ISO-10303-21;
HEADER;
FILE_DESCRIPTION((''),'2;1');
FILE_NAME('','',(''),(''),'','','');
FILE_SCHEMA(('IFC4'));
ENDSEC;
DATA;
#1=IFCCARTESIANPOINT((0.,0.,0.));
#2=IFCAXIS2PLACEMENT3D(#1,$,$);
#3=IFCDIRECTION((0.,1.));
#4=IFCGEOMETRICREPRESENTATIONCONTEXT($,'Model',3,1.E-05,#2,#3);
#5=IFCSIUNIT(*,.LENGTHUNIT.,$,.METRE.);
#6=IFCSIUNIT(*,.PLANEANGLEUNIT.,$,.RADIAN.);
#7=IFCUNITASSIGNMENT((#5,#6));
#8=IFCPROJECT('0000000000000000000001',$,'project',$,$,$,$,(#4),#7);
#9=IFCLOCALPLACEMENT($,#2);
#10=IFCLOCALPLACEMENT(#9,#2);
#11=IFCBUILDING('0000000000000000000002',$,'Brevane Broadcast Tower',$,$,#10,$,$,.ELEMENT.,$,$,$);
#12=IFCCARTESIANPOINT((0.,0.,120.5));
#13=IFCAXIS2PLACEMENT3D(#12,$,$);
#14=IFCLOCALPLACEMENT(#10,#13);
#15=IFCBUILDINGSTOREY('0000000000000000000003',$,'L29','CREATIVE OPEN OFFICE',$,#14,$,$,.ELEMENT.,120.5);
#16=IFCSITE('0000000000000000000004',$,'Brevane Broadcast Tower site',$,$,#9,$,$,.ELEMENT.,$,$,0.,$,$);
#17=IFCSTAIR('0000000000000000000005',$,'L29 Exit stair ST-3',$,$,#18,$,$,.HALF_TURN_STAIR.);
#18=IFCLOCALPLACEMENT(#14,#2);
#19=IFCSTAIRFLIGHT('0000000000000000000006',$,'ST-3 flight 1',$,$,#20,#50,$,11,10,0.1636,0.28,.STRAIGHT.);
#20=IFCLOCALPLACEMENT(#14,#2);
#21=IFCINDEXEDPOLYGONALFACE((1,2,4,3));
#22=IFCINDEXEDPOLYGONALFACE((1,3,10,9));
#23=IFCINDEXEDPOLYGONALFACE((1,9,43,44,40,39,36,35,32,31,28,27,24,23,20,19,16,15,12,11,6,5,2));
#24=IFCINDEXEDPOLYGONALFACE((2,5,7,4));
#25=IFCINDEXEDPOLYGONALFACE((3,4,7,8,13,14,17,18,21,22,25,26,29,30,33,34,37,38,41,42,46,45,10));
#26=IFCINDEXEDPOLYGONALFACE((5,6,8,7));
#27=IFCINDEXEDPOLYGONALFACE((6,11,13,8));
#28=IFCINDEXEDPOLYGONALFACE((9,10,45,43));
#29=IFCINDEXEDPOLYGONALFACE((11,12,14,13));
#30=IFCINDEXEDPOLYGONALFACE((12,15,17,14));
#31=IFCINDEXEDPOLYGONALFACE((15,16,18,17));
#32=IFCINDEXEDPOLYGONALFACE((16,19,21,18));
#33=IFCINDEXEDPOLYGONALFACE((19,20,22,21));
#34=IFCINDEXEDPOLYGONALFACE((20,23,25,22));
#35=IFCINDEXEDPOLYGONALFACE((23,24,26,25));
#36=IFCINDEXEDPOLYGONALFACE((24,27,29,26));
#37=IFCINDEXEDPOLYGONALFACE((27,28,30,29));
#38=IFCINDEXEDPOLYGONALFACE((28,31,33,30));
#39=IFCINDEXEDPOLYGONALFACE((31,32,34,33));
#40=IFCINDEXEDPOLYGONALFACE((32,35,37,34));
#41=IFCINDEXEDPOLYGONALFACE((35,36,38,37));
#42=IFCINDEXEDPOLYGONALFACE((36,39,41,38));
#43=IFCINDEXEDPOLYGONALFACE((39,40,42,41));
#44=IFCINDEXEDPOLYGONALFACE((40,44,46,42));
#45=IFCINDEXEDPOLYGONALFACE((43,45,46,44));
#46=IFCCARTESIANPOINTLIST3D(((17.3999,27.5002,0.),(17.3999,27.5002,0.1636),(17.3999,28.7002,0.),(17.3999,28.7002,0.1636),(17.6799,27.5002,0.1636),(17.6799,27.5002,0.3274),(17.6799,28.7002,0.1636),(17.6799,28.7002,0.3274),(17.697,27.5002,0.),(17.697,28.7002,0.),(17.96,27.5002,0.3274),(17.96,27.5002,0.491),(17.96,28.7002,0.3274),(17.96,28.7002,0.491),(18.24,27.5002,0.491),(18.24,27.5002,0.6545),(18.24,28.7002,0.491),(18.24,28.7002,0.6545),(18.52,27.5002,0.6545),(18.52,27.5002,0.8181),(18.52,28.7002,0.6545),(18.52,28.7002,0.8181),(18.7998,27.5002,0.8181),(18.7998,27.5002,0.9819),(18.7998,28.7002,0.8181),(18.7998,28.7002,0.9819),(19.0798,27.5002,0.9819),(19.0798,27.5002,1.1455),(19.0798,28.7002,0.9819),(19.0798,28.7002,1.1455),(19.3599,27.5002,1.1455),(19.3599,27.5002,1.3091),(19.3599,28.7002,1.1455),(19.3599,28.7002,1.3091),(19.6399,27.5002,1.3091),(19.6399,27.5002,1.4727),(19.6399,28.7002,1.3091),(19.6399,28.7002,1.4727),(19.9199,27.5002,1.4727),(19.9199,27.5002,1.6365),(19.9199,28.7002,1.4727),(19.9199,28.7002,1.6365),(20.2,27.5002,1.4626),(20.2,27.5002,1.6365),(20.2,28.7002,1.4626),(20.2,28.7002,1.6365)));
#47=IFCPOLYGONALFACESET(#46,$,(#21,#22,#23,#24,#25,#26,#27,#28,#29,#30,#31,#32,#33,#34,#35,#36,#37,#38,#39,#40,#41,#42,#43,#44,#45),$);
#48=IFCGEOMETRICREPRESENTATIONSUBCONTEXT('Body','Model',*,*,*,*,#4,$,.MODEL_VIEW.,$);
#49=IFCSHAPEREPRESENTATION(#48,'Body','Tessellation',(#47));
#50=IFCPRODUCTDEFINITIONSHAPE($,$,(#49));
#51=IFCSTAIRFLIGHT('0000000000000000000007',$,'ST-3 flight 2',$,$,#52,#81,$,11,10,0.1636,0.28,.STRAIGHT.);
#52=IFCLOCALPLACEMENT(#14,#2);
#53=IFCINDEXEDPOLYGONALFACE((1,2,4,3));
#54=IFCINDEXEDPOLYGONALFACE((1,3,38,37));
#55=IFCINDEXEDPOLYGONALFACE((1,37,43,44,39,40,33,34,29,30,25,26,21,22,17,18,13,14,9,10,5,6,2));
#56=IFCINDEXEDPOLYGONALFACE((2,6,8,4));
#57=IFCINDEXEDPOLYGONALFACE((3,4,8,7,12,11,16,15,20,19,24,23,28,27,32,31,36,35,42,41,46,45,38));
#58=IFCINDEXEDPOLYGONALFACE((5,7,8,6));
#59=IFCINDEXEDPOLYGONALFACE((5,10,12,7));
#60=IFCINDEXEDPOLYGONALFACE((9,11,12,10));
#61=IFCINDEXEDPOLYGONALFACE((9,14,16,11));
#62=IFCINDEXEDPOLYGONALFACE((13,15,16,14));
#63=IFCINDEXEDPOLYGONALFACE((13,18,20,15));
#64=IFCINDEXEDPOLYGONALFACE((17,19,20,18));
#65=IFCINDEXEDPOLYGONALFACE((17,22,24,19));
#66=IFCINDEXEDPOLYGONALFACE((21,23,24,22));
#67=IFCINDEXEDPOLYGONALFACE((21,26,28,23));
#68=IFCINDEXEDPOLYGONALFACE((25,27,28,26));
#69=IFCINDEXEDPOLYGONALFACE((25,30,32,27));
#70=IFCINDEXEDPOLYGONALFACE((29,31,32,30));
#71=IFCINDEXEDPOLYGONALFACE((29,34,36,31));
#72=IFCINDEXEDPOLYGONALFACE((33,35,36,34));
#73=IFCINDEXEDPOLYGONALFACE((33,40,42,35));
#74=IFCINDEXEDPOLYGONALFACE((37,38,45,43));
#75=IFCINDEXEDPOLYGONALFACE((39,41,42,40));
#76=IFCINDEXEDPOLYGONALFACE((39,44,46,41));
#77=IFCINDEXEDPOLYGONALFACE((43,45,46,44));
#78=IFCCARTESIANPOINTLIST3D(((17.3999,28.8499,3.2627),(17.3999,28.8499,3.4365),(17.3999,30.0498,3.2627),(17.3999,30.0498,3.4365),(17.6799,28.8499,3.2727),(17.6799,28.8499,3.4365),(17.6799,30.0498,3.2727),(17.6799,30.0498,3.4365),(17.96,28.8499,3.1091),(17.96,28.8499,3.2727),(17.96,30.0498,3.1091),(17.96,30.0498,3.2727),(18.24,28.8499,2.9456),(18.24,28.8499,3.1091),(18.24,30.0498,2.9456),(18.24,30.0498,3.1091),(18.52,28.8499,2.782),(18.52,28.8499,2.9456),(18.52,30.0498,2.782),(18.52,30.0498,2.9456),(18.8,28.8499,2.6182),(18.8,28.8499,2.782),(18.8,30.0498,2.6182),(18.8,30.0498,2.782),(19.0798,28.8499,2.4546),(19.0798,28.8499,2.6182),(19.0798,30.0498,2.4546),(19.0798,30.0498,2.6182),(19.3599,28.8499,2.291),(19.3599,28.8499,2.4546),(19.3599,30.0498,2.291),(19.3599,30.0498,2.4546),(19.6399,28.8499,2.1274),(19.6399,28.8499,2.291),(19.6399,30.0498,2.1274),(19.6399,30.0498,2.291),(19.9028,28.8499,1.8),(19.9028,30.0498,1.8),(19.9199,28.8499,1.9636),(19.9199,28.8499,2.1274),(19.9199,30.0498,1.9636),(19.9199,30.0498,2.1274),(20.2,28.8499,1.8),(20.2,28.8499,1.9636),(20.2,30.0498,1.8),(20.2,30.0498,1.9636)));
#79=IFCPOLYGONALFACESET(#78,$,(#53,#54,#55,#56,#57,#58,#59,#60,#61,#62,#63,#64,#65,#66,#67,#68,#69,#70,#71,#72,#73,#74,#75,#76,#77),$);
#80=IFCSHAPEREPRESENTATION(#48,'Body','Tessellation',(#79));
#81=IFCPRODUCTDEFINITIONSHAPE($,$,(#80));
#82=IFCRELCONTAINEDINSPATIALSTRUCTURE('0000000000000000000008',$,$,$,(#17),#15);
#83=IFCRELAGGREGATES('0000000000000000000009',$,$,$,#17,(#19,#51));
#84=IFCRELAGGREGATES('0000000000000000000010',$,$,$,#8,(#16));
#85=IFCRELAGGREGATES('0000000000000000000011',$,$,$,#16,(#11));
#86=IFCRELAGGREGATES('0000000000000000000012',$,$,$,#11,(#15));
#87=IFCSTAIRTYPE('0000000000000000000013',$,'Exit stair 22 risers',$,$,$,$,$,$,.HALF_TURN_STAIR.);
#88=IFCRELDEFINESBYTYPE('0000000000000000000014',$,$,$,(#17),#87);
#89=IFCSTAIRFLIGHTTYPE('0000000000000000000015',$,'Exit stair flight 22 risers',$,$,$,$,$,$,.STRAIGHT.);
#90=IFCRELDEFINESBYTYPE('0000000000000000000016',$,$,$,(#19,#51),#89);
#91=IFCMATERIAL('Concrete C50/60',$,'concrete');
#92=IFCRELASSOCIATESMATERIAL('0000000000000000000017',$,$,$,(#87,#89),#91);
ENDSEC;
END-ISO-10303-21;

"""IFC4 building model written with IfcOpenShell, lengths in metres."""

from ifc_helpers import new_model, si_unit, direction, frame, origin, place, context, subcontext, project, spatial, polyline, outline, extrude, material, type_object, element, aggregate, save


model = new_model("IFC4")

# Units and contexts
model_context = context("Model", 3, precision=1e-05, world=origin(), true_north=direction((0.0, 1.0)))
body_context = subcontext(model_context, "Body", "Model", "MODEL_VIEW")
ifc_project = project(units=[si_unit("LENGTHUNIT", "METRE"), si_unit("PLANEANGLEUNIT", "RADIAN")], contexts=[model_context])

# Site, building, storey
site_placement = place(None, origin())
site = spatial("IfcSite", under=ifc_project, at=site_placement, Name="Brevane Broadcast Tower site", CompositionType="ELEMENT", RefElevation=0.0)
building_placement = place(site_placement, origin())
building = spatial("IfcBuilding", under=site, at=building_placement, Name="Brevane Broadcast Tower", CompositionType="ELEMENT")
storey_placement = place(building_placement, frame((0.0, 0.0, 120.5)))
storey = spatial("IfcBuildingStorey", under=building, at=storey_placement, Name="L29", Description="CREATIVE OPEN OFFICE", CompositionType="ELEMENT", Elevation=120.5)

# Stair, stair flights
ifc_material_1 = material(Name="Concrete C50/60", Category="concrete")
stair_type = type_object("IfcStairType", Name="Exit stair 22 risers", PredefinedType="HALF_TURN_STAIR", material=ifc_material_1)
stair_placement = place(storey_placement, origin())
stair = element("IfcStair", 1, at=stair_placement, inside=storey, type_object=stair_type, Name="L29 Exit stair ST-3", PredefinedType="HALF_TURN_STAIR")
stair_flight_type = type_object("IfcStairFlightType", Name="Exit stair flight 22 risers", PredefinedType="STRAIGHT", material=ifc_material_1)
stair_flight_1_placement = place(storey_placement, frame((17.3999, 28.1001, 0.0), z_axis=(0.0, 0.0, 1.0), x_axis=(1.0, 0.0, 0.0)))
stair_flight_1 = element("IfcStairFlight", 2, at=stair_flight_1_placement, type_object=stair_flight_type, Name="ST-3 flight 1", NumberOfRisers=11, NumberOfTreads=10, PredefinedType="STRAIGHT", RiserHeight=0.1636, TreadLength=0.28, context=body_context, shape_type="SweptSolid", body=[
    extrude(outline(polyline([(0.0, 0.0), (0.0, 0.1636), (0.28, 0.1636), (0.28, 0.3274), (0.5601, 0.3274), (0.5601, 0.491), (0.8401, 0.491), (0.8401, 0.6545), (1.1201, 0.6545), (1.1201, 0.8181), (1.3999, 0.8181), (1.3999, 0.9819), (1.6799, 0.9819), (1.6799, 1.1455), (1.96, 1.1455), (1.96, 1.3091), (2.24, 1.3091), (2.24, 1.4727), (2.52, 1.4727), (2.52, 1.6365), (2.8, 1.6365), (2.8, 1.8), (2.8, 1.4626), (0.2971, 0.0), (0.0, 0.0)])), frame((0.0, 0.6001, 0.0), z_axis=(0.0, -1.0, 0.0), x_axis=(1.0, 0.0, 0.0)), (0.0, 0.0, 1.0), 1.2),
])
stair_flight_2_placement = place(storey_placement, frame((20.2, 29.45, 1.8), z_axis=(0.0, 0.0, 1.0), x_axis=(-1.0, 0.0, 0.0)))
stair_flight_2 = element("IfcStairFlight", 3, at=stair_flight_2_placement, type_object=stair_flight_type, Name="ST-3 flight 2", NumberOfRisers=11, NumberOfTreads=10, PredefinedType="STRAIGHT", RiserHeight=0.1636, TreadLength=0.28, context=body_context, shape_type="SweptSolid", body=[
    extrude(outline(polyline([(0.0, 0.0), (0.0, 0.1636), (0.28, 0.1636), (0.28, 0.3274), (0.5601, 0.3274), (0.5601, 0.491), (0.8401, 0.491), (0.8401, 0.6545), (1.1201, 0.6545), (1.1201, 0.8181), (1.3999, 0.8181), (1.3999, 0.9819), (1.6799, 0.9819), (1.6799, 1.1455), (1.96, 1.1455), (1.96, 1.3091), (2.24, 1.3091), (2.24, 1.4727), (2.52, 1.4727), (2.52, 1.6365), (2.8, 1.6365), (2.8, 1.8), (2.8, 1.4626), (0.2971, 0.0), (0.0, 0.0)])), frame((0.0, 0.6001, 0.0), z_axis=(0.0, -1.0, 0.0), x_axis=(1.0, 0.0, 0.0)), (0.0, 0.0, 1.0), 1.2),
])
aggregate(stair, [stair_flight_1, stair_flight_2])

save(model, "model.ifc")
